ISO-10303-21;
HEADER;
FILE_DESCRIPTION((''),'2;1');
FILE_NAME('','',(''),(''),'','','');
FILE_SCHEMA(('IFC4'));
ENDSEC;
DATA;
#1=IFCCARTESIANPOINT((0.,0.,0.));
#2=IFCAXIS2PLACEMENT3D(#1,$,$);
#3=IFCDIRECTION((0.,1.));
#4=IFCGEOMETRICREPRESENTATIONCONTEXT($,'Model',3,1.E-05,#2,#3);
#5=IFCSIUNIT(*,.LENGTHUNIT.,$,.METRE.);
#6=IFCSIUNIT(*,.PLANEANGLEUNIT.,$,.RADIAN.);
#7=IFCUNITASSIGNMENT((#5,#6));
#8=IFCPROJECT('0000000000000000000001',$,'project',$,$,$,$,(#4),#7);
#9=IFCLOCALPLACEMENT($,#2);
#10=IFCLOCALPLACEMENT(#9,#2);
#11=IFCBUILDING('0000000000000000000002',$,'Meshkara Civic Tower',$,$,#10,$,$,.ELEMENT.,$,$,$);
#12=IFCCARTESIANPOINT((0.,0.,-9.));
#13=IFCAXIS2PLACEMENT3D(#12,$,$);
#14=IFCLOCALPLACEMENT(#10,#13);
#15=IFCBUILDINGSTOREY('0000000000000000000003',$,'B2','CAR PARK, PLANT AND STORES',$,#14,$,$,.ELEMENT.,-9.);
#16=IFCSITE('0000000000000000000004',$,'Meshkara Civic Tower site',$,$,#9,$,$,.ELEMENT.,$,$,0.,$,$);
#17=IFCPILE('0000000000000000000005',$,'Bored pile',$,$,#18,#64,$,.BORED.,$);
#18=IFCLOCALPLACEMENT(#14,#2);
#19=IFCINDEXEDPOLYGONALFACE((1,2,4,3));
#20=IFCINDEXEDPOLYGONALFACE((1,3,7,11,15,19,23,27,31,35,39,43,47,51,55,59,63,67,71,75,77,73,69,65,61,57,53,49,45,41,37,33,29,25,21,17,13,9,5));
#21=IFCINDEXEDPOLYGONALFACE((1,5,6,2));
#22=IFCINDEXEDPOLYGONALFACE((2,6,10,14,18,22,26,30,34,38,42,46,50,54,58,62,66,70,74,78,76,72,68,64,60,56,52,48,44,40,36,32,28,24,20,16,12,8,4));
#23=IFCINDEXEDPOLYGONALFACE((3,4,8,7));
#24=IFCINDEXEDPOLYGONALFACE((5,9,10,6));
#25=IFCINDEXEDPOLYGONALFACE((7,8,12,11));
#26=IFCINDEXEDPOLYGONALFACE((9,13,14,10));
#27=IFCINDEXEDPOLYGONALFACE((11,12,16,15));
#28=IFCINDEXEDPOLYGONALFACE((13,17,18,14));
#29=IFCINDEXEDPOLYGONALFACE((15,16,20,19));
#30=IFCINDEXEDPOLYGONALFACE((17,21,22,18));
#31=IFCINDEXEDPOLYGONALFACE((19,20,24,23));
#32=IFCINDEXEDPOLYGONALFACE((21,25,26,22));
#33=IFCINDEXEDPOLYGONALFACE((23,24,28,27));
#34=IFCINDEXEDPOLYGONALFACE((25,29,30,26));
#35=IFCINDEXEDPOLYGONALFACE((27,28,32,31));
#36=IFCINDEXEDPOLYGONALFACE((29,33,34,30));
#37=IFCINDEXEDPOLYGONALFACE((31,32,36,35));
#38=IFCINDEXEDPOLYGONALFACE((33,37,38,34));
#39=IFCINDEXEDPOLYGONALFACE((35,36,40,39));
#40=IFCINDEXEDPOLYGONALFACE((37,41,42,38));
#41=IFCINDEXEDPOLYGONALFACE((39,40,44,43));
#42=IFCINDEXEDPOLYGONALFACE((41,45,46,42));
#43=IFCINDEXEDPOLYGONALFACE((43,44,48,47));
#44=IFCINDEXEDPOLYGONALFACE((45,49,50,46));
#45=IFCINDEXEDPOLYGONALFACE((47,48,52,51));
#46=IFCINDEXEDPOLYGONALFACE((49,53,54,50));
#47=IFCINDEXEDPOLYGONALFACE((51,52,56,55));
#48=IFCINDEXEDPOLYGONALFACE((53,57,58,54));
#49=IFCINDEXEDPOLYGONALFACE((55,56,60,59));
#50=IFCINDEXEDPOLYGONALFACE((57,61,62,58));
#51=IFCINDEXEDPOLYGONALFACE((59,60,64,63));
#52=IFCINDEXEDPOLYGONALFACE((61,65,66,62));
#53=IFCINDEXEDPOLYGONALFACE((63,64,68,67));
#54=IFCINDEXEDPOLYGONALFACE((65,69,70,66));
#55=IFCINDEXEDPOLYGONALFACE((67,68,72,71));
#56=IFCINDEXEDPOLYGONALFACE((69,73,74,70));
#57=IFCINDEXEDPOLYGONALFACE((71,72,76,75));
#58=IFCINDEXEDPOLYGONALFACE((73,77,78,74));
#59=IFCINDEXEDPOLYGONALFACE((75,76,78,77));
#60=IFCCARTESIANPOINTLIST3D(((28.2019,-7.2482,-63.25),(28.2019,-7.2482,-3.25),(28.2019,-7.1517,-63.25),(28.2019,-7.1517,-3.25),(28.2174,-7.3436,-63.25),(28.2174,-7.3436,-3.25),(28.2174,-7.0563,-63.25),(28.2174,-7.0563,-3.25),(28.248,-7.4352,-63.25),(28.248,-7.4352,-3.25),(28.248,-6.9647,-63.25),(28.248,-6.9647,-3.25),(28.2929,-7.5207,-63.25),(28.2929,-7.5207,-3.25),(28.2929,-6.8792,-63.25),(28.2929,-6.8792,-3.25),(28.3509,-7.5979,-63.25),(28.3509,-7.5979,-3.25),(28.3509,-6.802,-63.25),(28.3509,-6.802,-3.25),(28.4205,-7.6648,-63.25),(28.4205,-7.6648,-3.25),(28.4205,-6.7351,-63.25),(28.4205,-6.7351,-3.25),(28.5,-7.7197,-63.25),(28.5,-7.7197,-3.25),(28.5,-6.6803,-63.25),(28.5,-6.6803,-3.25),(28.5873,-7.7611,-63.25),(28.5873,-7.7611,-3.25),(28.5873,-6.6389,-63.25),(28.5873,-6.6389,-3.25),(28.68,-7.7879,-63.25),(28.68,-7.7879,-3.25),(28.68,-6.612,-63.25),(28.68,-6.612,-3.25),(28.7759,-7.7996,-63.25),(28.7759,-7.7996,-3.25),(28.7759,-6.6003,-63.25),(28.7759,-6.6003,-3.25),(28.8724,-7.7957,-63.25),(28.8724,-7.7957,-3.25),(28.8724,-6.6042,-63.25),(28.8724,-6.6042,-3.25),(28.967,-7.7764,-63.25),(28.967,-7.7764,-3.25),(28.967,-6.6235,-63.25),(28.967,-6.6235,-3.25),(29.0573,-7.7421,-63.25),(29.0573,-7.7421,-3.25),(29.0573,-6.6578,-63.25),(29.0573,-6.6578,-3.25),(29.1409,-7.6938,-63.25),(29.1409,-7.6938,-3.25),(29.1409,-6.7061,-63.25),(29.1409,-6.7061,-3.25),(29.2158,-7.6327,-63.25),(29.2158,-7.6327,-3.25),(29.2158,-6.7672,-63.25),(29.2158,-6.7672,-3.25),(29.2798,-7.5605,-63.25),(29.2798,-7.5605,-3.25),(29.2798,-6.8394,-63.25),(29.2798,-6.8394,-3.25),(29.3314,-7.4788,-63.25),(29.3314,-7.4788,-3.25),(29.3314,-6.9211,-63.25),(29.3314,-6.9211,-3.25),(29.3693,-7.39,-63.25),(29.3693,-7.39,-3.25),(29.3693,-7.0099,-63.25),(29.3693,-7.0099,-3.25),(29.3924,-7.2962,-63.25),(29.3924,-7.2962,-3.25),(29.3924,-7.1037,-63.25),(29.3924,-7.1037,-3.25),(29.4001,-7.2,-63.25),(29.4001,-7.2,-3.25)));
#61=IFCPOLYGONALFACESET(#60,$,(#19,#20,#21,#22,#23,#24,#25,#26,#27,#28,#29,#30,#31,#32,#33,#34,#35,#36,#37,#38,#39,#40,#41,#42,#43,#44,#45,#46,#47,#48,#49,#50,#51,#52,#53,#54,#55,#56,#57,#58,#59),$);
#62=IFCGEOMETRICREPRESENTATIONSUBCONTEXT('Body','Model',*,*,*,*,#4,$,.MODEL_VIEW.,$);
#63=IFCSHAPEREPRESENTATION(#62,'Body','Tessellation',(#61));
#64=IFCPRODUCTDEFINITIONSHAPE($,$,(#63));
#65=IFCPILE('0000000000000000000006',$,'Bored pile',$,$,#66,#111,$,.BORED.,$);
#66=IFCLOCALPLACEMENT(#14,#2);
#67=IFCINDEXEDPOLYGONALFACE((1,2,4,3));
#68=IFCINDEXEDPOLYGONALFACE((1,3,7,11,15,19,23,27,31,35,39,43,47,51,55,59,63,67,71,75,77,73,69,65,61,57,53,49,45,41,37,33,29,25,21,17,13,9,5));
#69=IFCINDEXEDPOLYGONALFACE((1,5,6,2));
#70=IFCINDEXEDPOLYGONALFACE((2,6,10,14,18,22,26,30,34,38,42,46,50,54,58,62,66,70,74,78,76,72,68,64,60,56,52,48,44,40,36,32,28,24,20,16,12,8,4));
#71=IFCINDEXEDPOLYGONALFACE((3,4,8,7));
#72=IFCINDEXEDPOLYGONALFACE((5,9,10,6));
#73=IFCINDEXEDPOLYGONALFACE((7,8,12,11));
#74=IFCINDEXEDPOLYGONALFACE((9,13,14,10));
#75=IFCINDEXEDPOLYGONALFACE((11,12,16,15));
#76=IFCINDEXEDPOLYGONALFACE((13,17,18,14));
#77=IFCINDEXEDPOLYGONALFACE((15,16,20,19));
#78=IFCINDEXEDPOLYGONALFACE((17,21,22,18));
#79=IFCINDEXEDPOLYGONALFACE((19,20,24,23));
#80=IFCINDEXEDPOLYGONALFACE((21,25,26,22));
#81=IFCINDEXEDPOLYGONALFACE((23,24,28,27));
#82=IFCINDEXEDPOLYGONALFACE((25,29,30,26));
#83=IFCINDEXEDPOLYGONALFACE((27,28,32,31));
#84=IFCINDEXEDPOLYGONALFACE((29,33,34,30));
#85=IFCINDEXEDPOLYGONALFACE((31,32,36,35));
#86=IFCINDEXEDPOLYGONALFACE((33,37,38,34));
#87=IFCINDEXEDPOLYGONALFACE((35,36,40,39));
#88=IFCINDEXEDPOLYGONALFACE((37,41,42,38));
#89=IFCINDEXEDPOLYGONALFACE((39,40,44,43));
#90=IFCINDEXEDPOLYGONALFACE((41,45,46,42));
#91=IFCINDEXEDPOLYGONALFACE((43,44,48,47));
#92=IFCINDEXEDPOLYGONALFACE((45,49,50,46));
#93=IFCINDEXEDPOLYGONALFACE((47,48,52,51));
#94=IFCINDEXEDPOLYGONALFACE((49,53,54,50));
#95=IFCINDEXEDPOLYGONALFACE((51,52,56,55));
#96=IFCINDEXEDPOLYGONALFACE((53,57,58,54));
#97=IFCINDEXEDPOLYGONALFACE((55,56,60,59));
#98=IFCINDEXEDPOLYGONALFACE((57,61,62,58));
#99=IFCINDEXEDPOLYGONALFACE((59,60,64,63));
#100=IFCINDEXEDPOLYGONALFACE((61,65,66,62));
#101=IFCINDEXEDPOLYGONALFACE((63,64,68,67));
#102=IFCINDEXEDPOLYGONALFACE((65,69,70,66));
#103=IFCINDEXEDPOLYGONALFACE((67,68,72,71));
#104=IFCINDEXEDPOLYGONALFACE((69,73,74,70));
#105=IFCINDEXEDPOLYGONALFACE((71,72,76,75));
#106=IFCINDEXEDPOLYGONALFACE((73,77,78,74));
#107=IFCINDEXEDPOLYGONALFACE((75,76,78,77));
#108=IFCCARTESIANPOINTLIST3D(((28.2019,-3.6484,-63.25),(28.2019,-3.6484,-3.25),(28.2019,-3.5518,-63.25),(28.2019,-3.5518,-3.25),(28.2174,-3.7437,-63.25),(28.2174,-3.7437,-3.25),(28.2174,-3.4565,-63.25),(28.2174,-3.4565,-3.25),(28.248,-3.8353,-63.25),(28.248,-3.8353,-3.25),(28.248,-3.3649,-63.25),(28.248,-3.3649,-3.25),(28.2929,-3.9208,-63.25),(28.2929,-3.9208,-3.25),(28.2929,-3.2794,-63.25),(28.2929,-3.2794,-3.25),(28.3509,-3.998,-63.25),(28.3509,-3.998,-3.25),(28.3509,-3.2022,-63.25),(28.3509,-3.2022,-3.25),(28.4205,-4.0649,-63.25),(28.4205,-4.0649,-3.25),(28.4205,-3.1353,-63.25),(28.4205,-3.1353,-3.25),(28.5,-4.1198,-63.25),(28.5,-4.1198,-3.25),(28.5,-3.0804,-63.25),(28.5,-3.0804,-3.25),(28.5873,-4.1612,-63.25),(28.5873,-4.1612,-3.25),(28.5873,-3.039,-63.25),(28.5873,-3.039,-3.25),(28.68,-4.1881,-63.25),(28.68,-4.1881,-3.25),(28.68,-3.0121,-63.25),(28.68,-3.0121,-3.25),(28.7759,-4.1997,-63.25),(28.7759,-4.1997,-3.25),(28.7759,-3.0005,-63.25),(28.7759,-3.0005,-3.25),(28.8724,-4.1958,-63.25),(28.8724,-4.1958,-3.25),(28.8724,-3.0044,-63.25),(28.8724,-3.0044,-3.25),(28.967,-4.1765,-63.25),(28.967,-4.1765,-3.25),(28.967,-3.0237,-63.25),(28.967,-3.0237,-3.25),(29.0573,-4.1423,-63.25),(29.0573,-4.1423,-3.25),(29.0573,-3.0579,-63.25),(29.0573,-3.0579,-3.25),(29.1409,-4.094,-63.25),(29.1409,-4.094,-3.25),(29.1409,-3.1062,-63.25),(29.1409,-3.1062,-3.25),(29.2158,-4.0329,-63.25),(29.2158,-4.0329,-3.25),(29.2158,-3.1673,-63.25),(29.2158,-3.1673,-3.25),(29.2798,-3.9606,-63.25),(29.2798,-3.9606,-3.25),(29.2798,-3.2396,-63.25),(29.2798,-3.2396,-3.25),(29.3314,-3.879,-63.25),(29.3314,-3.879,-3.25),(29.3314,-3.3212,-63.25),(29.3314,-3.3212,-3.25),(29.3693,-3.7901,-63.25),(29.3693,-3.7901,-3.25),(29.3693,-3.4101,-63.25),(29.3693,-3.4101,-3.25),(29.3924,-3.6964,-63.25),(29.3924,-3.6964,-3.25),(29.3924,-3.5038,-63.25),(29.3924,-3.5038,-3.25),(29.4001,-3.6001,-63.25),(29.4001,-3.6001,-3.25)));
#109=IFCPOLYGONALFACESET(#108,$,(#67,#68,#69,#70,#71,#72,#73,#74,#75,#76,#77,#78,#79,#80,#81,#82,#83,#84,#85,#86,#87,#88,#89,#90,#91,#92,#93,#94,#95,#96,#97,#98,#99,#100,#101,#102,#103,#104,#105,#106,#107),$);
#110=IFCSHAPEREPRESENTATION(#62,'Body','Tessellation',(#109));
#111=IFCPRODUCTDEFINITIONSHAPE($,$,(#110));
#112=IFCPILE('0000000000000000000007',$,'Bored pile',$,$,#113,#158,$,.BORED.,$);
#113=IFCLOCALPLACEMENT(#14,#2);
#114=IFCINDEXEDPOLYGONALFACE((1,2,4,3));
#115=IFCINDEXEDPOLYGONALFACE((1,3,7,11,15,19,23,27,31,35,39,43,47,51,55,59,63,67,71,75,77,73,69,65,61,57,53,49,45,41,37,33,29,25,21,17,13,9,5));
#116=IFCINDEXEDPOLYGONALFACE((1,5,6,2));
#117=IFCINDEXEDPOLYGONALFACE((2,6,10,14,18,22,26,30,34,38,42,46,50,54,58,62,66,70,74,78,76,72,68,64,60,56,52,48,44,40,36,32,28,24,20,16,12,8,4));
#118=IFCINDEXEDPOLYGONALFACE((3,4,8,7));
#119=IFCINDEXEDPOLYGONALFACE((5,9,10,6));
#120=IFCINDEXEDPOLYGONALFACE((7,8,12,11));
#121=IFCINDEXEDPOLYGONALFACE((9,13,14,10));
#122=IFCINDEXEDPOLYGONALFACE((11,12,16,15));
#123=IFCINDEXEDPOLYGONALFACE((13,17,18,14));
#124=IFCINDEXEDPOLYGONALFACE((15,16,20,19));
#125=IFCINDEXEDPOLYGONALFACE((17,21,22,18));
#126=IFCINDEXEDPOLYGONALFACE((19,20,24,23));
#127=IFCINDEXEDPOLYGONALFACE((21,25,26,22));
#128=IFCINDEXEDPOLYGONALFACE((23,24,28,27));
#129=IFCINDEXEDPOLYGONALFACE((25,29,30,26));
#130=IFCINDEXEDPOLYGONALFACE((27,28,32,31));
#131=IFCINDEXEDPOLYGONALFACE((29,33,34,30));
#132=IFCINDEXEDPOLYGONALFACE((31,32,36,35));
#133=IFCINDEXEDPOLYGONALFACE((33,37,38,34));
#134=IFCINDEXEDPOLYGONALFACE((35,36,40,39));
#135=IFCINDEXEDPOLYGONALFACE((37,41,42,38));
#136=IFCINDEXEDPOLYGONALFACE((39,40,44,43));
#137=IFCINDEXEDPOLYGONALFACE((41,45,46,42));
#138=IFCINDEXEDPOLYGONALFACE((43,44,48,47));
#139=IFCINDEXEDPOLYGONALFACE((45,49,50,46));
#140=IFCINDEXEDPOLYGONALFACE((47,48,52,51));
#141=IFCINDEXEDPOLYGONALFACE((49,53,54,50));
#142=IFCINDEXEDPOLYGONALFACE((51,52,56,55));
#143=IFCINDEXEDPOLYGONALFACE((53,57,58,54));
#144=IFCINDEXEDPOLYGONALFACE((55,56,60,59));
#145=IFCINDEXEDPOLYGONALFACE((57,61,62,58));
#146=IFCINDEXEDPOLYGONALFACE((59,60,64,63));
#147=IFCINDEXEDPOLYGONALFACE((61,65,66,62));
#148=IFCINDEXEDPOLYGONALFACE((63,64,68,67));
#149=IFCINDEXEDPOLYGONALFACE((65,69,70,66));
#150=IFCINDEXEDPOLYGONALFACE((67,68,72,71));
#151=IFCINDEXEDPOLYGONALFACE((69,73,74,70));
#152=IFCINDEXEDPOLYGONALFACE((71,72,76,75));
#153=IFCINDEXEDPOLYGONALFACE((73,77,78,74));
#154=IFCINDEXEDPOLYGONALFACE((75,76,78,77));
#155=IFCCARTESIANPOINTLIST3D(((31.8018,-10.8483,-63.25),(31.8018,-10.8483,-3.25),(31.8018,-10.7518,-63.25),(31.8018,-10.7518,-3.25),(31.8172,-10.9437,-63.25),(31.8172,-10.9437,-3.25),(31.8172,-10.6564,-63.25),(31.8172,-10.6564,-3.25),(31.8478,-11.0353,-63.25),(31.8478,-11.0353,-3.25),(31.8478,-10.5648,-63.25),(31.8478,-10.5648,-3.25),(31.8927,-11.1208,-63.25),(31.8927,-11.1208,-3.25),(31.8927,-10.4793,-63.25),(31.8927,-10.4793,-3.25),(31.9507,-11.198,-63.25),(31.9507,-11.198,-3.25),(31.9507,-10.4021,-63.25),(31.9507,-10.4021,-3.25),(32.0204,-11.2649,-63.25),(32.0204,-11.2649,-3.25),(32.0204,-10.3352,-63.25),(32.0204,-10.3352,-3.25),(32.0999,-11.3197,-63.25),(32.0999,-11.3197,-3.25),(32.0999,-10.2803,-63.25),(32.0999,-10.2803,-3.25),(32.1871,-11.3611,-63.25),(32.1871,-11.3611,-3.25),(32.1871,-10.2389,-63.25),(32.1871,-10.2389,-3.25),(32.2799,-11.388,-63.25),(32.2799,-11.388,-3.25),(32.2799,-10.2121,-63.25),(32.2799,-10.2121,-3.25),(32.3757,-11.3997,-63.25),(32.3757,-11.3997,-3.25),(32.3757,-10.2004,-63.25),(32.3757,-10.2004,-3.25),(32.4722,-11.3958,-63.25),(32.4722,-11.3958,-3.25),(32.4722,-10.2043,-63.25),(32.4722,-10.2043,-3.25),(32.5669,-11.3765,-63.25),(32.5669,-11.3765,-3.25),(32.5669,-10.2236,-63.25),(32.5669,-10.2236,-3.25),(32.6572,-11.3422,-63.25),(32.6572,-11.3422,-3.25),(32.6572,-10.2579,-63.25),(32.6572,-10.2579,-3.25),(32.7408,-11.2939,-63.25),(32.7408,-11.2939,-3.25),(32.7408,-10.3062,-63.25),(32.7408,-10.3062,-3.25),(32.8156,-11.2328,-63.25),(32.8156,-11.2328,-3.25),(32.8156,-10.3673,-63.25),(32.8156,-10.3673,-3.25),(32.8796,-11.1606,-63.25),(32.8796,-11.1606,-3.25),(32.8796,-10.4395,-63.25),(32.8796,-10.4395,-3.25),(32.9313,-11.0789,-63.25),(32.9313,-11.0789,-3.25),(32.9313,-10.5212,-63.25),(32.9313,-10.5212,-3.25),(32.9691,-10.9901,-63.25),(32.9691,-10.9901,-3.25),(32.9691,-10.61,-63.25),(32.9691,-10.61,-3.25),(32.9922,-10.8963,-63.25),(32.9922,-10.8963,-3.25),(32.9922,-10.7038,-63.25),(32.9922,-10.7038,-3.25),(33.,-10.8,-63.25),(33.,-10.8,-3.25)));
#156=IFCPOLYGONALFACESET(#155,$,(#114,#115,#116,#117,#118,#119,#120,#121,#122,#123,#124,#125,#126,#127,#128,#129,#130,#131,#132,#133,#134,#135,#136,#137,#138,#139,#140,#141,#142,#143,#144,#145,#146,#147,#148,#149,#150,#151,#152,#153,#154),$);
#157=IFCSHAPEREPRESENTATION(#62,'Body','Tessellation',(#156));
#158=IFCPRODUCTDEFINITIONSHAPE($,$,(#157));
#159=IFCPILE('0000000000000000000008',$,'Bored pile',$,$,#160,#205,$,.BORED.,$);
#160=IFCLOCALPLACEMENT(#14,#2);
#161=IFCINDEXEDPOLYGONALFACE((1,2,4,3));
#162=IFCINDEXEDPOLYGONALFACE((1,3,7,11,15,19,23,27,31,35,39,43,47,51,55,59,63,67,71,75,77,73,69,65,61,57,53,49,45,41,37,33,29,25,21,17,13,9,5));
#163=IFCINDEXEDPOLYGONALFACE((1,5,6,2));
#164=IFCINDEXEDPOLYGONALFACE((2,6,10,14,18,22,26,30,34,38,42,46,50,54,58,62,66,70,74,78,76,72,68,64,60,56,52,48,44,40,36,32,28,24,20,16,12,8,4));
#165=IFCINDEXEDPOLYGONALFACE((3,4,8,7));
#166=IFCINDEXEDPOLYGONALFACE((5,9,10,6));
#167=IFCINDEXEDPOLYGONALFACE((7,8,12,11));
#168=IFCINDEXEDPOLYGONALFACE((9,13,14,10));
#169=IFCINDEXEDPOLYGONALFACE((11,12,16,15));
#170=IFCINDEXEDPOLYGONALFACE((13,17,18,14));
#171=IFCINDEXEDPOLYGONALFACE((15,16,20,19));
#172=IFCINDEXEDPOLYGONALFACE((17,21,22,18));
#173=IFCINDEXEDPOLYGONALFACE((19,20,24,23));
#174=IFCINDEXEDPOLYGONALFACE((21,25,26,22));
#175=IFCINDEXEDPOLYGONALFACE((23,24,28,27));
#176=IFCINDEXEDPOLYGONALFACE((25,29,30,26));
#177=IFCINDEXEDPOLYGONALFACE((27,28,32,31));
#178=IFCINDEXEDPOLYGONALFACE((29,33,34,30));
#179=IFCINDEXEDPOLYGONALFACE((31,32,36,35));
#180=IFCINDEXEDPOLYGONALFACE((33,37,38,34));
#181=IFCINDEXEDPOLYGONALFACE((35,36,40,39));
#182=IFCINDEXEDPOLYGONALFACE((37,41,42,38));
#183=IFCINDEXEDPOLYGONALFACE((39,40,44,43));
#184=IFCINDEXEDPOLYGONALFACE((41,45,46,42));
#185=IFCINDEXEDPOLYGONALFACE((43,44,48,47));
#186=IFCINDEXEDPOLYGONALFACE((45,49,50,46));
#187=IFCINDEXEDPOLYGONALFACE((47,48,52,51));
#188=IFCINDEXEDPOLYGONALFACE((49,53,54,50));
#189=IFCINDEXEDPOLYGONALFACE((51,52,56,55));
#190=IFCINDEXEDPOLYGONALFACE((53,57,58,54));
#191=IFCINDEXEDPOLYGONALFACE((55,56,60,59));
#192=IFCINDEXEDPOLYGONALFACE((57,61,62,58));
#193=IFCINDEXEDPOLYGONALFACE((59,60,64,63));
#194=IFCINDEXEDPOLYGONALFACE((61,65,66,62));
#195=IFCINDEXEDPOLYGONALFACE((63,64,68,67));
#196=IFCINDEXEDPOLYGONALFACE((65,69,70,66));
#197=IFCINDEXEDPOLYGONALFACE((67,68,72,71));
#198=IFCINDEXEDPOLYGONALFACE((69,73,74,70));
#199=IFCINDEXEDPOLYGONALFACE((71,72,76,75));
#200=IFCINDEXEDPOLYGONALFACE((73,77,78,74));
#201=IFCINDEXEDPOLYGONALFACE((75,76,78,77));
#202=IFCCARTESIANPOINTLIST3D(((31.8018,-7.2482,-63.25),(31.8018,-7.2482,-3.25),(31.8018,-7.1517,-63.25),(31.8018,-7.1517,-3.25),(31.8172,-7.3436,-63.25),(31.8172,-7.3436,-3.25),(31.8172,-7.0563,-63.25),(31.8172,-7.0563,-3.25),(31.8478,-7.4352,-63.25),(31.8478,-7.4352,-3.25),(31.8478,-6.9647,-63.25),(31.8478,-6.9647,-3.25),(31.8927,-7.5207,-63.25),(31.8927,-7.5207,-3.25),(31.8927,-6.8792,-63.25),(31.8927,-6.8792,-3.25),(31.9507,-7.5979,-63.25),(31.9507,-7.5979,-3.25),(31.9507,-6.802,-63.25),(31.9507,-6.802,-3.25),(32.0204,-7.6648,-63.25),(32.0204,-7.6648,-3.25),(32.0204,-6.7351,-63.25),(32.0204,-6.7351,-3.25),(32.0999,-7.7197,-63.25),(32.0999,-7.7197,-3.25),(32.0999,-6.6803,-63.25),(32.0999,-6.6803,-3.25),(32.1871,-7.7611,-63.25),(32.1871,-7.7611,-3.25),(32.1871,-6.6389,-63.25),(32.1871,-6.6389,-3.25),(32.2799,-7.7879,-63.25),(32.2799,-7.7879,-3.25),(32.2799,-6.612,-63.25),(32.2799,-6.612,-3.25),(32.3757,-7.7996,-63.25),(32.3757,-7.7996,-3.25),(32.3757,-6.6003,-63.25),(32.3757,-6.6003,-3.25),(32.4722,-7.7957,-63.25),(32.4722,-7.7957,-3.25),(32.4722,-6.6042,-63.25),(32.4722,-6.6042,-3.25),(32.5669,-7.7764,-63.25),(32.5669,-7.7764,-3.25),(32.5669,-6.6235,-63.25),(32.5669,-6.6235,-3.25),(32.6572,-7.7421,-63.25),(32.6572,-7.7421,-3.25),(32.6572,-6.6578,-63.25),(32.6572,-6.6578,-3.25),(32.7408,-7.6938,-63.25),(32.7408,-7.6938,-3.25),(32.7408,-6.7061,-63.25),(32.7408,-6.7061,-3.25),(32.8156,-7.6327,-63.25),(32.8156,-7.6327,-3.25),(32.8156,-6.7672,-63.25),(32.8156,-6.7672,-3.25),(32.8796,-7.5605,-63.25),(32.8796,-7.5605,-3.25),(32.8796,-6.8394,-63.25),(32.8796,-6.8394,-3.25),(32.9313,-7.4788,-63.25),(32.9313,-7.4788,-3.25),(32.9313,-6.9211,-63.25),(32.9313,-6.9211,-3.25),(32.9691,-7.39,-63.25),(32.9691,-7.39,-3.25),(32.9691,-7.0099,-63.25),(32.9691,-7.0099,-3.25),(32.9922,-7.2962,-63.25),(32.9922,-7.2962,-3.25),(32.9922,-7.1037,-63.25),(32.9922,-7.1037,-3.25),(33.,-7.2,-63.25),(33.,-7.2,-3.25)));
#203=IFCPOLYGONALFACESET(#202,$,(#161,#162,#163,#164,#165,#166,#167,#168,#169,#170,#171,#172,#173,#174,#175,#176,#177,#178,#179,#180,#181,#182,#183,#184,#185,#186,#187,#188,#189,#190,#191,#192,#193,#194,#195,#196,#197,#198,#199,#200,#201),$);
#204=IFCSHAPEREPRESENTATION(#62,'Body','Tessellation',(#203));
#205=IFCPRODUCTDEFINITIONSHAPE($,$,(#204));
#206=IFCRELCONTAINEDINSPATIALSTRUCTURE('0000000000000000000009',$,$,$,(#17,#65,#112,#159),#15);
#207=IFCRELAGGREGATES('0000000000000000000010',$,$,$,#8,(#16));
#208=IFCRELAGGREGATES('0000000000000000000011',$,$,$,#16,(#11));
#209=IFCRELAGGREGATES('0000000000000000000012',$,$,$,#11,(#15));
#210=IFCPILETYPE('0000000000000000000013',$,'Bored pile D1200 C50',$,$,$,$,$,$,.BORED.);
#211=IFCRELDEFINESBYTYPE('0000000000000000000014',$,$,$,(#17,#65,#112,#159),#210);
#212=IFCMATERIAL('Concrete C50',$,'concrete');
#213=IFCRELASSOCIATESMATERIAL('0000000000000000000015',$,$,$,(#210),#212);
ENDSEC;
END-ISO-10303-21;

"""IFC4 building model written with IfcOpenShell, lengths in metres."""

from ifc_helpers import new_model, si_unit, direction, frame, origin, origin_2d, place, context, subcontext, project, spatial, circle, extrude, material, material_profile, profile_set, type_object, element, save


model = new_model("IFC4")

# Units and contexts
model_context = context("Model", 3, precision=1e-05, world=origin(), true_north=direction((0.0, 1.0)))
body_context = subcontext(model_context, "Body", "Model", "MODEL_VIEW")
ifc_project = project(units=[si_unit("LENGTHUNIT", "METRE"), si_unit("PLANEANGLEUNIT", "RADIAN")], contexts=[model_context])

# Site, building, storey
site_placement = place(None, origin())
site = spatial("IfcSite", under=ifc_project, at=site_placement, Name="Meshkara Civic Tower site", CompositionType="ELEMENT", RefElevation=0.0)
building_placement = place(site_placement, origin())
building = spatial("IfcBuilding", under=site, at=building_placement, Name="Meshkara Civic Tower", CompositionType="ELEMENT")
storey_placement = place(building_placement, frame((0.0, 0.0, -9.0)))
storey = spatial("IfcBuildingStorey", under=building, at=storey_placement, Name="B2", Description="CAR PARK, PLANT AND STORES", CompositionType="ELEMENT", Elevation=-9.0)

# Piles
ifc_material_1 = material(Name="Concrete C50", Category="concrete")
ifc_material_profile_1 = material_profile(ifc_material_1, circle(Radius=0.6001, at=origin_2d()))
ifc_profile_set_1 = profile_set([ifc_material_profile_1], Name="Concrete C50")
pile_type = type_object("IfcPileType", Name="Bored pile D1200 C50", PredefinedType="BORED", material=ifc_profile_set_1)
for number, where, z_axis, x_axis, name in (
    (1, (28.8, -7.2, -3.25), (0.0, 0.0, -1.0), (1.0, 0.0, 0.0), "Bored pile"),
    (2, (28.8, -3.6001, -3.25), (0.0, 0.0, -1.0), (1.0, 0.0, 0.0), "Bored pile"),
    (3, (32.3999, -10.8, -3.25), (0.0, 0.0, -1.0), (1.0, 0.0, 0.0), "Bored pile"),
    (4, (32.3999, -7.2, -3.25), (0.0, 0.0, -1.0), (1.0, 0.0, 0.0), "Bored pile"),
):
    element("IfcPile", number, at=place(storey_placement, frame(where, z_axis=z_axis, x_axis=x_axis)), inside=storey, type_object=pile_type, Name=name, PredefinedType="BORED", context=body_context, shape_type="SweptSolid", body=[
        extrude(circle(Radius=0.6001, at=origin_2d()), origin(), (0.0, 0.0, 1.0), 60.0),
    ])

save(model, "model.ifc")
